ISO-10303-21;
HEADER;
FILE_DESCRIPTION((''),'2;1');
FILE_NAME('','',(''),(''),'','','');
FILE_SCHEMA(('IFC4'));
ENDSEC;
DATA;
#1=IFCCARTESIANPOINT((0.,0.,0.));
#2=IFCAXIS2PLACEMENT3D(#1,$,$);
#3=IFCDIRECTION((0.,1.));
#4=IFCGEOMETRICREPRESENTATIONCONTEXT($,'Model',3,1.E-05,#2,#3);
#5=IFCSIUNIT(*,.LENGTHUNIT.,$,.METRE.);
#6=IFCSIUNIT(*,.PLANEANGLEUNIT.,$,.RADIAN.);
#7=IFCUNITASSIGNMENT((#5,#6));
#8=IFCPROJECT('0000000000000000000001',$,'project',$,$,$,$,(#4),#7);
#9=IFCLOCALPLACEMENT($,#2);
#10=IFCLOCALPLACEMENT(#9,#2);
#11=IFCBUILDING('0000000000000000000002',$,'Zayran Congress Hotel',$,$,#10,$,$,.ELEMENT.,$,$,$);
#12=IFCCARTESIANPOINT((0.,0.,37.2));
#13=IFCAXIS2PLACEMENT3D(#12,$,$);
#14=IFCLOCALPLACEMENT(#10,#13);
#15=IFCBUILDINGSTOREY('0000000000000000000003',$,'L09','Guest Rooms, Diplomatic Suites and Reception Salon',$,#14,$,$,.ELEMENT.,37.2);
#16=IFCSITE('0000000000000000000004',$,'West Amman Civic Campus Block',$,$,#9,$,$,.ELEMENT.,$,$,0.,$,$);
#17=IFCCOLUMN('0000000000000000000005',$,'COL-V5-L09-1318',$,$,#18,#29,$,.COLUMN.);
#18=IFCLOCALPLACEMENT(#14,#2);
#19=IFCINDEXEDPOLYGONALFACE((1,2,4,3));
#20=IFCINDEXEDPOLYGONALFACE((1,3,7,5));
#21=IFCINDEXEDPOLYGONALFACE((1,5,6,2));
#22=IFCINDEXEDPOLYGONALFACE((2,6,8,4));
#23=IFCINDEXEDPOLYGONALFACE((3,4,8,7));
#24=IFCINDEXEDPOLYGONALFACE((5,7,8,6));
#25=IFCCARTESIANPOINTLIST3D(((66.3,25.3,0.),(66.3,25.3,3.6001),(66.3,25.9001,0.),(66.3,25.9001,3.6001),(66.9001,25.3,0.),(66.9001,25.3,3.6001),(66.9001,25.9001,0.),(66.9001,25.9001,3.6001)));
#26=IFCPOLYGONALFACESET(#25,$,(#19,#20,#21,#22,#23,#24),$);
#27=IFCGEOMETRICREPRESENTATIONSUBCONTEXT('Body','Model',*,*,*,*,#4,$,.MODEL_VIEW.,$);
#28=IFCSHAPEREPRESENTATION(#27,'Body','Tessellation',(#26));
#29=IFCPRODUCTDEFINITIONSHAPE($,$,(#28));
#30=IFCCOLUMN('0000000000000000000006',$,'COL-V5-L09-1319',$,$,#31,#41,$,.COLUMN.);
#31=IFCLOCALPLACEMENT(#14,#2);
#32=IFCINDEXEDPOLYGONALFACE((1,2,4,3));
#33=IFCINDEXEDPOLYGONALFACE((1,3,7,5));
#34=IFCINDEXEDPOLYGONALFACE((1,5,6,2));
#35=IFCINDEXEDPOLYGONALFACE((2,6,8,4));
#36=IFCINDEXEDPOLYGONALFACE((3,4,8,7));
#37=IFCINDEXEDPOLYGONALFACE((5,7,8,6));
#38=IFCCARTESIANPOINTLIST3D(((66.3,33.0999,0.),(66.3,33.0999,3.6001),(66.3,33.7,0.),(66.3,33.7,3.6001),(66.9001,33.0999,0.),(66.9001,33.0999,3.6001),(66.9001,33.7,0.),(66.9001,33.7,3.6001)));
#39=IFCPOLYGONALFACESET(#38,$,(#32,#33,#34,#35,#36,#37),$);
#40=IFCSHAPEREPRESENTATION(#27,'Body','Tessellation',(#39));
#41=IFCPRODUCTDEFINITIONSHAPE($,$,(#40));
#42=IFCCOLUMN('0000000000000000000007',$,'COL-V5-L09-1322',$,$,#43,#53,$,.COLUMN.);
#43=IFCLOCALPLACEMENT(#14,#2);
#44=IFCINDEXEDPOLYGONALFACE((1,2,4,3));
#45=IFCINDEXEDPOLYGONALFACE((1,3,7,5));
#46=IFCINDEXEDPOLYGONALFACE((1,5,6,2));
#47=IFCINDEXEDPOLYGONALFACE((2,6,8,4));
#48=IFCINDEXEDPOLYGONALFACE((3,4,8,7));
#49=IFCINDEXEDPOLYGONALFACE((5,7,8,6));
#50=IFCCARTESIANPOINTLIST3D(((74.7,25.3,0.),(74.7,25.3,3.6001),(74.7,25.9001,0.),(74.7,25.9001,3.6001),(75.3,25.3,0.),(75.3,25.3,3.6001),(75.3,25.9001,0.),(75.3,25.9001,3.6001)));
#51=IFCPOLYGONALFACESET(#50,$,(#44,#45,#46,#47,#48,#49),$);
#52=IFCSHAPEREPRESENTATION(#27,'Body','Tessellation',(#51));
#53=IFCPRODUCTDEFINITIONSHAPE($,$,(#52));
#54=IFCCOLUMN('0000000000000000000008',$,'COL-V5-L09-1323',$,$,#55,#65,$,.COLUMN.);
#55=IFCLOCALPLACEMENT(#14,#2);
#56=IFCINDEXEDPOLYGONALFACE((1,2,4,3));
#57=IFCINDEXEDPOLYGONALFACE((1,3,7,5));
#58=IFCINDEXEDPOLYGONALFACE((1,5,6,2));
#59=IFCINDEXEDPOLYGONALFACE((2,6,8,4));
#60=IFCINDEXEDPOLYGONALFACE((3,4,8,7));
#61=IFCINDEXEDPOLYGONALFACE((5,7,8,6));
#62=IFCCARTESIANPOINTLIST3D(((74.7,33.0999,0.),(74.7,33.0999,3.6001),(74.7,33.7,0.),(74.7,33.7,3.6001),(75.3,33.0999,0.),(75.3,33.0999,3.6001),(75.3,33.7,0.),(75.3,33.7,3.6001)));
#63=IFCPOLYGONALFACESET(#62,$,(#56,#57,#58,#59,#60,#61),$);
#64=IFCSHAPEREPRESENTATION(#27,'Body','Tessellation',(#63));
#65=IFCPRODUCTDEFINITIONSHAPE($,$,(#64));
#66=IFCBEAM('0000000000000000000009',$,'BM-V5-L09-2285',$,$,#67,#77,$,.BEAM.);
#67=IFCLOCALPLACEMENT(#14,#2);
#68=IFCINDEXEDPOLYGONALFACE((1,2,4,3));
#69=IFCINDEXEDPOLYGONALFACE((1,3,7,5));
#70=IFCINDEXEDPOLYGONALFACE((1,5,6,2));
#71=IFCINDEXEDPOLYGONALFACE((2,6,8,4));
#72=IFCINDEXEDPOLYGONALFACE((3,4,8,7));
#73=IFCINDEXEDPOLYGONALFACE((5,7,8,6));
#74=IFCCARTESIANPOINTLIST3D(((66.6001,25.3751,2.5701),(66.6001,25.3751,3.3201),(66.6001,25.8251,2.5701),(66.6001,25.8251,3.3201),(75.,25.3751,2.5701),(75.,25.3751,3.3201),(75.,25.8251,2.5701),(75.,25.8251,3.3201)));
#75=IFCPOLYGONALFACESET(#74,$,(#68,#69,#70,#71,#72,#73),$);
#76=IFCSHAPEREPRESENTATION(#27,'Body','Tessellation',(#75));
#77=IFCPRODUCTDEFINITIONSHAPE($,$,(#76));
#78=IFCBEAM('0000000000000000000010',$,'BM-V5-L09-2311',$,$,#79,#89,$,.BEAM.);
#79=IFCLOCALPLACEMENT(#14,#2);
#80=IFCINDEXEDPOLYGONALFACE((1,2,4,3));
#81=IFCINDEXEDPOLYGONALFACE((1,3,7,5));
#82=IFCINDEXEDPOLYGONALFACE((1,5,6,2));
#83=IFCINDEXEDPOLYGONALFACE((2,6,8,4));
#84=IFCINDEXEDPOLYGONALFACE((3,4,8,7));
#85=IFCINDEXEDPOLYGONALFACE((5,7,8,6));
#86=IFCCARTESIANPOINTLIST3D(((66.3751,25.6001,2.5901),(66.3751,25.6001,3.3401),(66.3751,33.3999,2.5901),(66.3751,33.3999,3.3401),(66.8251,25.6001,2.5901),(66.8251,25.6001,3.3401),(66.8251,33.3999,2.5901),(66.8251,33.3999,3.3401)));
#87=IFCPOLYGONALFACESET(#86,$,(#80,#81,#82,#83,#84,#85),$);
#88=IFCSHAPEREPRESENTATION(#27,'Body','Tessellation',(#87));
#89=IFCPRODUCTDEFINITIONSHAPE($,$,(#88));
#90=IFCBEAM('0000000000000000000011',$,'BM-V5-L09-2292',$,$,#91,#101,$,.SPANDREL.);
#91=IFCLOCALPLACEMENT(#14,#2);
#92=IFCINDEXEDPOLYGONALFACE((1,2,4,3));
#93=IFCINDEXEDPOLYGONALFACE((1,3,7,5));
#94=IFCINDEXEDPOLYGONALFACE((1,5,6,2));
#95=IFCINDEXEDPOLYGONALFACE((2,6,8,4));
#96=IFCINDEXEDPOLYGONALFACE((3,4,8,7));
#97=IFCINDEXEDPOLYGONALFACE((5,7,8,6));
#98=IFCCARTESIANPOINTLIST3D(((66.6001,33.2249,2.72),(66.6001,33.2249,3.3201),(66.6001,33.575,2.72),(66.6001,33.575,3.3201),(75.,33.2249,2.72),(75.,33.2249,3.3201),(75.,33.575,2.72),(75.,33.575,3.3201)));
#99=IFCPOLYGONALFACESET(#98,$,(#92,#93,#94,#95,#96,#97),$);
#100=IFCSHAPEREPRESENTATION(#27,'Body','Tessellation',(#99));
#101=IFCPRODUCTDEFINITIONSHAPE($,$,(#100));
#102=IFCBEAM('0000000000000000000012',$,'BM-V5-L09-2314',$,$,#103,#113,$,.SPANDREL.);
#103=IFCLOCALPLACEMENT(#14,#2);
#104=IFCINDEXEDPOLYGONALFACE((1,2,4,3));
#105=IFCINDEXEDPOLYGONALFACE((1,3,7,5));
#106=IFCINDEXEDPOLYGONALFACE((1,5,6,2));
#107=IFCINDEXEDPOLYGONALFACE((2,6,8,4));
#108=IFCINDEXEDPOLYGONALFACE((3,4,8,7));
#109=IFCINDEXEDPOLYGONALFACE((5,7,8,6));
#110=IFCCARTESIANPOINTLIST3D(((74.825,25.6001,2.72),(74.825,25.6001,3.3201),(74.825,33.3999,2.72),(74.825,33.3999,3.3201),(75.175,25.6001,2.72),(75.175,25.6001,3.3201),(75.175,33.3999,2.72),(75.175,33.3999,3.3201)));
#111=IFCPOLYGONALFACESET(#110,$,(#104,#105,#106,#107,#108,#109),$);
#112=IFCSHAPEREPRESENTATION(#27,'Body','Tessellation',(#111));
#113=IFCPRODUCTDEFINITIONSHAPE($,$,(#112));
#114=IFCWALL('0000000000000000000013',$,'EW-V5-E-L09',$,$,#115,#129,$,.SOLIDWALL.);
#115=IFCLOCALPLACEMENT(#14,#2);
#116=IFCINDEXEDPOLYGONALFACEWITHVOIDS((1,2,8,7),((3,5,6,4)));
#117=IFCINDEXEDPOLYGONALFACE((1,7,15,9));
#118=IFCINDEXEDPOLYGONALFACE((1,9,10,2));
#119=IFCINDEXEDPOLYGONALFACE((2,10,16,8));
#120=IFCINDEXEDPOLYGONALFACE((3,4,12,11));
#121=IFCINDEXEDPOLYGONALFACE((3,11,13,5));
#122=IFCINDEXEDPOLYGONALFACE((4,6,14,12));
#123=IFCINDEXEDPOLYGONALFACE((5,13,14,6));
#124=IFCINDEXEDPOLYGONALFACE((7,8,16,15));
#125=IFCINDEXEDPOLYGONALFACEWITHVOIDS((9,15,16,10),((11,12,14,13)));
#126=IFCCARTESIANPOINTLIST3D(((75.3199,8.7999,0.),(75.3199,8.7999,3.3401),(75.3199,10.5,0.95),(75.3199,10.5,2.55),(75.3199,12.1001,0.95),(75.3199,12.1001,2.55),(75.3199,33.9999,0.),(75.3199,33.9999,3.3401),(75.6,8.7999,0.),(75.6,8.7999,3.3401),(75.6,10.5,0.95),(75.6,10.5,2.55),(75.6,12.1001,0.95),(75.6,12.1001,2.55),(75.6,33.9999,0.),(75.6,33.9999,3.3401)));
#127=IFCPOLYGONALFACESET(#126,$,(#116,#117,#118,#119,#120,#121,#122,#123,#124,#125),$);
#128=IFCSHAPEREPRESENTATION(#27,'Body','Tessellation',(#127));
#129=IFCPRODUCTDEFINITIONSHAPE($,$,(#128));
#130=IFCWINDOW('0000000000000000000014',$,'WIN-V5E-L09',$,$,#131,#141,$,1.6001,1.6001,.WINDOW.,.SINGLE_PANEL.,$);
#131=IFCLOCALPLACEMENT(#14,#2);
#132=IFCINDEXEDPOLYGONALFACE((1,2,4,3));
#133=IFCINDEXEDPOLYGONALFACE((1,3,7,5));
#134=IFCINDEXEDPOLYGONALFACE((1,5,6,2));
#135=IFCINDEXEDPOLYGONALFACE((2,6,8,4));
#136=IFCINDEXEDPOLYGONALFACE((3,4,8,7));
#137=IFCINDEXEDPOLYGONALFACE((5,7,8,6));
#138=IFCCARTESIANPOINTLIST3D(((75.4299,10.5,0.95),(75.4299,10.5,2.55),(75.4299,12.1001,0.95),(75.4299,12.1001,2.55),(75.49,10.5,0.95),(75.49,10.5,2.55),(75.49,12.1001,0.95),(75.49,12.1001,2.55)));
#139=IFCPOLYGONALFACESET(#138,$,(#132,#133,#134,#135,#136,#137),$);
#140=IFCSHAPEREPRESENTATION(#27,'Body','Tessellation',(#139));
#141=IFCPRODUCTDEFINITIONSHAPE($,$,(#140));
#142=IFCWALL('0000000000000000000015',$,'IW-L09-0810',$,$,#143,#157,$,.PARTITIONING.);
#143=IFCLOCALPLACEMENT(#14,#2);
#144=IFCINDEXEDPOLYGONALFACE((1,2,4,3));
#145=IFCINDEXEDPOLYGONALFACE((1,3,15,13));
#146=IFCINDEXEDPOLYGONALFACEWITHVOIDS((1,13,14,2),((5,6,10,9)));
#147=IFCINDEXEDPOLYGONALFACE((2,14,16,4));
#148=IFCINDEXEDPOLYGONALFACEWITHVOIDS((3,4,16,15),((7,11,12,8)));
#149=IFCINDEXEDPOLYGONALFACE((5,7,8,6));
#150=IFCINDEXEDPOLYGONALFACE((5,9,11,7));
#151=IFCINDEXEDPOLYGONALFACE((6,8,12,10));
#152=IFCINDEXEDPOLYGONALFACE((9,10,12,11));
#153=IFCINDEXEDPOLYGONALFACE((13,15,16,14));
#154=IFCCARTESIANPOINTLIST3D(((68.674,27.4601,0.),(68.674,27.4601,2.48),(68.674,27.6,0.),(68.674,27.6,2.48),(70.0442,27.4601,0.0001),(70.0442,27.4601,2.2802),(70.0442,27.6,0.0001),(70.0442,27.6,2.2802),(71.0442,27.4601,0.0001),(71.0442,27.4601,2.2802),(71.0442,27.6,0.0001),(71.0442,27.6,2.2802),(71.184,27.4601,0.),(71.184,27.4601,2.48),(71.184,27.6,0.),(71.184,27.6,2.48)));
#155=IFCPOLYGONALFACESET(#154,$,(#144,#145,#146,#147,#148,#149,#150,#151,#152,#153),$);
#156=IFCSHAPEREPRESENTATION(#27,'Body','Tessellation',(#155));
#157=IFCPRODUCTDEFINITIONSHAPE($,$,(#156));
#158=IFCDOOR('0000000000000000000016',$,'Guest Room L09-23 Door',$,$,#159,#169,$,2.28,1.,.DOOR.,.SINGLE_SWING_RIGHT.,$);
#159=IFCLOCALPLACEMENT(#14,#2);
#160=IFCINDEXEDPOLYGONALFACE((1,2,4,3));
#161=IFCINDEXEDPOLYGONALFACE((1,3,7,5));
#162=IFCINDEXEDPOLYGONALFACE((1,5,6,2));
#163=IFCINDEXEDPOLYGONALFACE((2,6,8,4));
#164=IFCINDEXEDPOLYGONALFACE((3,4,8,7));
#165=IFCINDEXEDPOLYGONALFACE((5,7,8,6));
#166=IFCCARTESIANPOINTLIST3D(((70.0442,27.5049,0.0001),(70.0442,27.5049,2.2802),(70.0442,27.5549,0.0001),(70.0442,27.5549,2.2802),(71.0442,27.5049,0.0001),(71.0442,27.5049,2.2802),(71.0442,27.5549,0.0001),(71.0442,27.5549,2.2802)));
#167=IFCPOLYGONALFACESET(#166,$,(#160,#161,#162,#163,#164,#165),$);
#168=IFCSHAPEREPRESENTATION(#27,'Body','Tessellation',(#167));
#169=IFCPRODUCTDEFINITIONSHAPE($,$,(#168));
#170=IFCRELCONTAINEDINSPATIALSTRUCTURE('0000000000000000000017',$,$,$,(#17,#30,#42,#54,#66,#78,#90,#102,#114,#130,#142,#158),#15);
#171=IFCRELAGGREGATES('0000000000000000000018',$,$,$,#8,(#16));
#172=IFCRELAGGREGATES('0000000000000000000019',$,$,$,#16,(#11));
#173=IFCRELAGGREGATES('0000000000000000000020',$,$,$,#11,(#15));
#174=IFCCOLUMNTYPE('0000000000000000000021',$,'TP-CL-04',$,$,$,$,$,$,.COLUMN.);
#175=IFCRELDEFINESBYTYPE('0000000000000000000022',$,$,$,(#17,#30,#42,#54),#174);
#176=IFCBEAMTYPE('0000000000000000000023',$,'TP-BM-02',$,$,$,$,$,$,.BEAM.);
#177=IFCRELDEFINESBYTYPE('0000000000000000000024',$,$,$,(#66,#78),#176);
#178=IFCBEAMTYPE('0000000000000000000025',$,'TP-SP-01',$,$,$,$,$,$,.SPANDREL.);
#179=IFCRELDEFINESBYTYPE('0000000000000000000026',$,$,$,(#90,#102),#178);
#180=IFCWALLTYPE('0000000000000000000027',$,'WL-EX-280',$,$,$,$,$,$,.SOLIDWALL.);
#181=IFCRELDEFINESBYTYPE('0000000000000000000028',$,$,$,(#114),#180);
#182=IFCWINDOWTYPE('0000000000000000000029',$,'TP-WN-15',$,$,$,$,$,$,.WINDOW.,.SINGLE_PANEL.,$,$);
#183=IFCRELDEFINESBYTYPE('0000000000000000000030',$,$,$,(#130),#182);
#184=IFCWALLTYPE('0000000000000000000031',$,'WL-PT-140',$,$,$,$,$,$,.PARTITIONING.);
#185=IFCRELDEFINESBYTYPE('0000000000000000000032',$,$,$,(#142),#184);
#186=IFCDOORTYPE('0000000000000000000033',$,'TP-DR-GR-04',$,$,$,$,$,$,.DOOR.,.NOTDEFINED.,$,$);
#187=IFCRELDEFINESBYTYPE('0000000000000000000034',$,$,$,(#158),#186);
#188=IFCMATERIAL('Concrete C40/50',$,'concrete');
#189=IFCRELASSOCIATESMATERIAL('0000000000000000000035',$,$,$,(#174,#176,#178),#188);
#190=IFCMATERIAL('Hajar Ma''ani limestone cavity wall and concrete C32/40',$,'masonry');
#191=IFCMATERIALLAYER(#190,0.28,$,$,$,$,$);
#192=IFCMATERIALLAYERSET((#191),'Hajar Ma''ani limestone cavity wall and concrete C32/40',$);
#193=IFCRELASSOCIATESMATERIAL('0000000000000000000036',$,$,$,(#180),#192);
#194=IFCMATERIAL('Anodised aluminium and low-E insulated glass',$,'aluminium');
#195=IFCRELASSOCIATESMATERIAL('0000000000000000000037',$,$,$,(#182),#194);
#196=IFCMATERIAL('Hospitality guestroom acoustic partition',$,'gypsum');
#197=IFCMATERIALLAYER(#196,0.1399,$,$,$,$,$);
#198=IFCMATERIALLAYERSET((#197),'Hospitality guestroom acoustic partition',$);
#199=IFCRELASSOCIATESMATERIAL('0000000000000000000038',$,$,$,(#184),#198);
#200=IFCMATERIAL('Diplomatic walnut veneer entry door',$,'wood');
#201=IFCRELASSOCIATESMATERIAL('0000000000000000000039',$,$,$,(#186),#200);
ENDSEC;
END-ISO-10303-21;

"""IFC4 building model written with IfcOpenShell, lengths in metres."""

from ifc_helpers import new_model, si_unit, direction, frame, frame_2d, origin, origin_2d, place, context, subcontext, project, spatial, rectangle, extrude, material, layer, layer_set, material_profile, profile_set, type_object, element, fill, save


model = new_model("IFC4")

# Units and contexts
model_context = context("Model", 3, precision=1e-05, world=origin(), true_north=direction((0.0, 1.0)))
body_context = subcontext(model_context, "Body", "Model", "MODEL_VIEW")
ifc_project = project(units=[si_unit("LENGTHUNIT", "METRE"), si_unit("PLANEANGLEUNIT", "RADIAN")], contexts=[model_context])

# Site, building, storey
site_placement = place(None, origin())
site = spatial("IfcSite", under=ifc_project, at=site_placement, Name="West Amman Civic Campus Block", CompositionType="ELEMENT", RefElevation=0.0)
building_placement = place(site_placement, origin())
building = spatial("IfcBuilding", under=site, at=building_placement, Name="Zayran Congress Hotel", CompositionType="ELEMENT")
storey_placement = place(building_placement, frame((0.0, 0.0, 37.2)))
storey = spatial("IfcBuildingStorey", under=building, at=storey_placement, Name="L09", Description="Guest Rooms, Diplomatic Suites and Reception Salon", CompositionType="ELEMENT", Elevation=37.2)

# Columns
ifc_material_1 = material(Name="Concrete C40/50", Category="concrete")
ifc_material_profile_1 = material_profile(ifc_material_1, rectangle(XDim=0.6001, YDim=0.6001, at=origin_2d()), Name="RC 600x600")
ifc_profile_set_1 = profile_set([ifc_material_profile_1], Name="Concrete C40/50")
column_type = type_object("IfcColumnType", Name="TP-CL-04", PredefinedType="COLUMN", material=ifc_profile_set_1)
for number, where, z_axis, x_axis, name in (
    (1, (66.6001, 25.6001, 0.0), (0.0, 0.0, 1.0), (1.0, 0.0, 0.0), "COL-V5-L09-1318"),
    (2, (66.6001, 33.3999, 0.0), (0.0, 0.0, 1.0), (1.0, 0.0, 0.0), "COL-V5-L09-1319"),
    (3, (75.0, 25.6001, 0.0), (0.0, 0.0, 1.0), (1.0, 0.0, 0.0), "COL-V5-L09-1322"),
    (4, (75.0, 33.3999, 0.0), (0.0, 0.0, 1.0), (1.0, 0.0, 0.0), "COL-V5-L09-1323"),
):
    element("IfcColumn", number, at=place(storey_placement, frame(where, z_axis=z_axis, x_axis=x_axis)), inside=storey, type_object=column_type, Name=name, PredefinedType="COLUMN", context=body_context, shape_type="SweptSolid", body=[
        extrude(rectangle(XDim=0.6001, YDim=0.6001, at=origin_2d()), origin(), (0.0, 0.0, 1.0), 3.6001),
    ])

# Beams
ifc_material_profile_2 = material_profile(ifc_material_1, rectangle(XDim=0.45, YDim=0.75, at=origin_2d()), Name="RC 450x750")
ifc_profile_set_2 = profile_set([ifc_material_profile_2], Name="Concrete C40/50")
beam_type_1 = type_object("IfcBeamType", Name="TP-BM-02", PredefinedType="BEAM", material=ifc_profile_set_2)
beam_1_placement = place(storey_placement, frame((66.6001, 25.6001, 2.9451), z_axis=(1.0, 0.0, 0.0), x_axis=(0.0, 1.0, 0.0)))
element("IfcBeam", 5, at=beam_1_placement, inside=storey, type_object=beam_type_1, Name="BM-V5-L09-2285", PredefinedType="BEAM", context=body_context, shape_type="SweptSolid", body=[
    extrude(rectangle(XDim=0.45, YDim=0.75, at=origin_2d()), origin(), (0.0, 0.0, 1.0), 8.3999),
])
beam_2_placement = place(storey_placement, frame((66.6001, 25.6001, 2.9651), z_axis=(0.0, 1.0, 0.0), x_axis=(-1.0, 0.0, 0.0)))
element("IfcBeam", 6, at=beam_2_placement, inside=storey, type_object=beam_type_1, Name="BM-V5-L09-2311", PredefinedType="BEAM", context=body_context, shape_type="SweptSolid", body=[
    extrude(rectangle(XDim=0.45, YDim=0.75, at=origin_2d()), origin(), (0.0, 0.0, 1.0), 7.7998),
])
ifc_material_profile_3 = material_profile(ifc_material_1, rectangle(XDim=0.3501, YDim=0.6001, at=origin_2d()), Name="RC 350x600")
ifc_profile_set_3 = profile_set([ifc_material_profile_3], Name="Concrete C40/50")
beam_type_2 = type_object("IfcBeamType", Name="TP-SP-01", PredefinedType="SPANDREL", material=ifc_profile_set_3)
beam_3_placement = place(storey_placement, frame((66.6001, 33.3999, 3.02), z_axis=(1.0, 0.0, 0.0), x_axis=(0.0, 1.0, 0.0)))
element("IfcBeam", 7, at=beam_3_placement, inside=storey, type_object=beam_type_2, Name="BM-V5-L09-2292", PredefinedType="SPANDREL", context=body_context, shape_type="SweptSolid", body=[
    extrude(rectangle(XDim=0.3501, YDim=0.6001, at=origin_2d()), origin(), (0.0, 0.0, 1.0), 8.3999),
])
beam_4_placement = place(storey_placement, frame((75.0, 25.6001, 3.02), z_axis=(0.0, 1.0, 0.0), x_axis=(-1.0, 0.0, 0.0)))
element("IfcBeam", 8, at=beam_4_placement, inside=storey, type_object=beam_type_2, Name="BM-V5-L09-2314", PredefinedType="SPANDREL", context=body_context, shape_type="SweptSolid", body=[
    extrude(rectangle(XDim=0.3501, YDim=0.6001, at=origin_2d()), origin(), (0.0, 0.0, 1.0), 7.7998),
])

# Wall, opening, window
ifc_material_2 = material(Name="Hajar Ma'ani limestone cavity wall and concrete C32/40", Category="masonry")
ifc_layer_1 = layer(ifc_material_2, 0.28)
ifc_layer_set_1 = layer_set([ifc_layer_1], Name="Hajar Ma'ani limestone cavity wall and concrete C32/40")
wall_type_1 = type_object("IfcWallType", Name="WL-EX-280", PredefinedType="SOLIDWALL", material=ifc_layer_set_1)
wall_1_placement = place(storey_placement, frame((75.46, 34.0, 0.0), z_axis=(0.0, 0.0, 1.0), x_axis=(0.0, -1.0, 0.0)))
wall_1 = element("IfcWall", 9, at=wall_1_placement, inside=storey, type_object=wall_type_1, Name="EW-V5-E-L09", PredefinedType="SOLIDWALL", context=body_context, shape_type="SweptSolid", body=[
    extrude(rectangle(XDim=25.2, YDim=0.28, at=frame_2d((12.6001, 0.0))), origin(), (0.0, 0.0, 1.0), 3.3401),
])
opening_1_placement = place(wall_1_placement, frame((21.8999, 0.0, 0.95)))
opening_1 = element("IfcOpeningElement", 10, at=opening_1_placement, cuts=wall_1, PredefinedType="OPENING", context=body_context, shape_type="SweptSolid", body=[
    extrude(rectangle(XDim=1.6001, YDim=1.6001, at=frame_2d((0.8, 0.8))), frame((0.0, 0.1499, 0.0), z_axis=(0.0, -1.0, 0.0), x_axis=(1.0, 0.0, 0.0)), (0.0, 0.0, 1.0), 0.3),
])
ifc_material_3 = material(Name="Anodised aluminium and low-E insulated glass", Category="aluminium")
window_type = type_object("IfcWindowType", Name="TP-WN-15", PartitioningType="SINGLE_PANEL", PredefinedType="WINDOW", material=ifc_material_3)
window_placement = place(opening_1_placement, origin())
window = element("IfcWindow", 11, at=window_placement, inside=storey, type_object=window_type, Name="WIN-V5E-L09", OverallHeight=1.6001, OverallWidth=1.6001, PartitioningType="SINGLE_PANEL", PredefinedType="WINDOW", context=body_context, shape_type="SweptSolid", body=[
    extrude(rectangle(XDim=1.6001, YDim=1.6001, at=frame_2d((0.8, 0.8))), frame((0.0, 0.03, 0.0), z_axis=(0.0, -1.0, 0.0), x_axis=(1.0, 0.0, 0.0)), (0.0, 0.0, 1.0), 0.0601),
])
fill(opening_1, window)

# Wall, opening, door
ifc_material_4 = material(Name="Hospitality guestroom acoustic partition", Category="gypsum")
ifc_layer_2 = layer(ifc_material_4, 0.1399)
ifc_layer_set_2 = layer_set([ifc_layer_2], Name="Hospitality guestroom acoustic partition")
wall_type_2 = type_object("IfcWallType", Name="WL-PT-140", PredefinedType="PARTITIONING", material=ifc_layer_set_2)
wall_2_placement = place(storey_placement, frame((68.6741, 27.53, 0.0), z_axis=(0.0, 0.0, 1.0), x_axis=(1.0, 0.0, 0.0)))
wall_2 = element("IfcWall", 12, at=wall_2_placement, inside=storey, type_object=wall_type_2, Name="IW-L09-0810", PredefinedType="PARTITIONING", context=body_context, shape_type="SweptSolid", body=[
    extrude(rectangle(XDim=2.51, YDim=0.1399, at=frame_2d((1.2549, 0.0))), origin(), (0.0, 0.0, 1.0), 2.48),
])
opening_2_placement = place(wall_2_placement, frame((1.3701, 0.0, 0.0)))
opening_2 = element("IfcOpeningElement", 13, at=opening_2_placement, cuts=wall_2, PredefinedType="OPENING", context=body_context, shape_type="SweptSolid", body=[
    extrude(rectangle(XDim=1.0, YDim=2.28, at=frame_2d((0.5, 1.1401))), frame((0.0, 0.0798, 0.0), z_axis=(0.0, -1.0, 0.0), x_axis=(1.0, 0.0, 0.0)), (0.0, 0.0, 1.0), 0.1599),
])
ifc_material_5 = material(Name="Diplomatic walnut veneer entry door", Category="wood")
door_type_1 = type_object("IfcDoorType", Name="TP-DR-GR-04", OperationType="NOTDEFINED", PredefinedType="DOOR", material=ifc_material_5)
door_1_placement = place(opening_2_placement, origin())
door_1 = element("IfcDoor", 14, at=door_1_placement, inside=storey, type_object=door_type_1, Name="Guest Room L09-23 Door", OperationType="SINGLE_SWING_RIGHT", OverallHeight=2.28, OverallWidth=1.0, PredefinedType="DOOR", context=body_context, shape_type="SweptSolid", body=[
    extrude(rectangle(XDim=1.0, YDim=2.28, at=frame_2d((0.5, 1.1401))), frame((0.0, 0.0249, 0.0), z_axis=(0.0, -1.0, 0.0), x_axis=(1.0, 0.0, 0.0)), (0.0, 0.0, 1.0), 0.05),
])
fill(opening_2, door_1)

save(model, "model.ifc")
